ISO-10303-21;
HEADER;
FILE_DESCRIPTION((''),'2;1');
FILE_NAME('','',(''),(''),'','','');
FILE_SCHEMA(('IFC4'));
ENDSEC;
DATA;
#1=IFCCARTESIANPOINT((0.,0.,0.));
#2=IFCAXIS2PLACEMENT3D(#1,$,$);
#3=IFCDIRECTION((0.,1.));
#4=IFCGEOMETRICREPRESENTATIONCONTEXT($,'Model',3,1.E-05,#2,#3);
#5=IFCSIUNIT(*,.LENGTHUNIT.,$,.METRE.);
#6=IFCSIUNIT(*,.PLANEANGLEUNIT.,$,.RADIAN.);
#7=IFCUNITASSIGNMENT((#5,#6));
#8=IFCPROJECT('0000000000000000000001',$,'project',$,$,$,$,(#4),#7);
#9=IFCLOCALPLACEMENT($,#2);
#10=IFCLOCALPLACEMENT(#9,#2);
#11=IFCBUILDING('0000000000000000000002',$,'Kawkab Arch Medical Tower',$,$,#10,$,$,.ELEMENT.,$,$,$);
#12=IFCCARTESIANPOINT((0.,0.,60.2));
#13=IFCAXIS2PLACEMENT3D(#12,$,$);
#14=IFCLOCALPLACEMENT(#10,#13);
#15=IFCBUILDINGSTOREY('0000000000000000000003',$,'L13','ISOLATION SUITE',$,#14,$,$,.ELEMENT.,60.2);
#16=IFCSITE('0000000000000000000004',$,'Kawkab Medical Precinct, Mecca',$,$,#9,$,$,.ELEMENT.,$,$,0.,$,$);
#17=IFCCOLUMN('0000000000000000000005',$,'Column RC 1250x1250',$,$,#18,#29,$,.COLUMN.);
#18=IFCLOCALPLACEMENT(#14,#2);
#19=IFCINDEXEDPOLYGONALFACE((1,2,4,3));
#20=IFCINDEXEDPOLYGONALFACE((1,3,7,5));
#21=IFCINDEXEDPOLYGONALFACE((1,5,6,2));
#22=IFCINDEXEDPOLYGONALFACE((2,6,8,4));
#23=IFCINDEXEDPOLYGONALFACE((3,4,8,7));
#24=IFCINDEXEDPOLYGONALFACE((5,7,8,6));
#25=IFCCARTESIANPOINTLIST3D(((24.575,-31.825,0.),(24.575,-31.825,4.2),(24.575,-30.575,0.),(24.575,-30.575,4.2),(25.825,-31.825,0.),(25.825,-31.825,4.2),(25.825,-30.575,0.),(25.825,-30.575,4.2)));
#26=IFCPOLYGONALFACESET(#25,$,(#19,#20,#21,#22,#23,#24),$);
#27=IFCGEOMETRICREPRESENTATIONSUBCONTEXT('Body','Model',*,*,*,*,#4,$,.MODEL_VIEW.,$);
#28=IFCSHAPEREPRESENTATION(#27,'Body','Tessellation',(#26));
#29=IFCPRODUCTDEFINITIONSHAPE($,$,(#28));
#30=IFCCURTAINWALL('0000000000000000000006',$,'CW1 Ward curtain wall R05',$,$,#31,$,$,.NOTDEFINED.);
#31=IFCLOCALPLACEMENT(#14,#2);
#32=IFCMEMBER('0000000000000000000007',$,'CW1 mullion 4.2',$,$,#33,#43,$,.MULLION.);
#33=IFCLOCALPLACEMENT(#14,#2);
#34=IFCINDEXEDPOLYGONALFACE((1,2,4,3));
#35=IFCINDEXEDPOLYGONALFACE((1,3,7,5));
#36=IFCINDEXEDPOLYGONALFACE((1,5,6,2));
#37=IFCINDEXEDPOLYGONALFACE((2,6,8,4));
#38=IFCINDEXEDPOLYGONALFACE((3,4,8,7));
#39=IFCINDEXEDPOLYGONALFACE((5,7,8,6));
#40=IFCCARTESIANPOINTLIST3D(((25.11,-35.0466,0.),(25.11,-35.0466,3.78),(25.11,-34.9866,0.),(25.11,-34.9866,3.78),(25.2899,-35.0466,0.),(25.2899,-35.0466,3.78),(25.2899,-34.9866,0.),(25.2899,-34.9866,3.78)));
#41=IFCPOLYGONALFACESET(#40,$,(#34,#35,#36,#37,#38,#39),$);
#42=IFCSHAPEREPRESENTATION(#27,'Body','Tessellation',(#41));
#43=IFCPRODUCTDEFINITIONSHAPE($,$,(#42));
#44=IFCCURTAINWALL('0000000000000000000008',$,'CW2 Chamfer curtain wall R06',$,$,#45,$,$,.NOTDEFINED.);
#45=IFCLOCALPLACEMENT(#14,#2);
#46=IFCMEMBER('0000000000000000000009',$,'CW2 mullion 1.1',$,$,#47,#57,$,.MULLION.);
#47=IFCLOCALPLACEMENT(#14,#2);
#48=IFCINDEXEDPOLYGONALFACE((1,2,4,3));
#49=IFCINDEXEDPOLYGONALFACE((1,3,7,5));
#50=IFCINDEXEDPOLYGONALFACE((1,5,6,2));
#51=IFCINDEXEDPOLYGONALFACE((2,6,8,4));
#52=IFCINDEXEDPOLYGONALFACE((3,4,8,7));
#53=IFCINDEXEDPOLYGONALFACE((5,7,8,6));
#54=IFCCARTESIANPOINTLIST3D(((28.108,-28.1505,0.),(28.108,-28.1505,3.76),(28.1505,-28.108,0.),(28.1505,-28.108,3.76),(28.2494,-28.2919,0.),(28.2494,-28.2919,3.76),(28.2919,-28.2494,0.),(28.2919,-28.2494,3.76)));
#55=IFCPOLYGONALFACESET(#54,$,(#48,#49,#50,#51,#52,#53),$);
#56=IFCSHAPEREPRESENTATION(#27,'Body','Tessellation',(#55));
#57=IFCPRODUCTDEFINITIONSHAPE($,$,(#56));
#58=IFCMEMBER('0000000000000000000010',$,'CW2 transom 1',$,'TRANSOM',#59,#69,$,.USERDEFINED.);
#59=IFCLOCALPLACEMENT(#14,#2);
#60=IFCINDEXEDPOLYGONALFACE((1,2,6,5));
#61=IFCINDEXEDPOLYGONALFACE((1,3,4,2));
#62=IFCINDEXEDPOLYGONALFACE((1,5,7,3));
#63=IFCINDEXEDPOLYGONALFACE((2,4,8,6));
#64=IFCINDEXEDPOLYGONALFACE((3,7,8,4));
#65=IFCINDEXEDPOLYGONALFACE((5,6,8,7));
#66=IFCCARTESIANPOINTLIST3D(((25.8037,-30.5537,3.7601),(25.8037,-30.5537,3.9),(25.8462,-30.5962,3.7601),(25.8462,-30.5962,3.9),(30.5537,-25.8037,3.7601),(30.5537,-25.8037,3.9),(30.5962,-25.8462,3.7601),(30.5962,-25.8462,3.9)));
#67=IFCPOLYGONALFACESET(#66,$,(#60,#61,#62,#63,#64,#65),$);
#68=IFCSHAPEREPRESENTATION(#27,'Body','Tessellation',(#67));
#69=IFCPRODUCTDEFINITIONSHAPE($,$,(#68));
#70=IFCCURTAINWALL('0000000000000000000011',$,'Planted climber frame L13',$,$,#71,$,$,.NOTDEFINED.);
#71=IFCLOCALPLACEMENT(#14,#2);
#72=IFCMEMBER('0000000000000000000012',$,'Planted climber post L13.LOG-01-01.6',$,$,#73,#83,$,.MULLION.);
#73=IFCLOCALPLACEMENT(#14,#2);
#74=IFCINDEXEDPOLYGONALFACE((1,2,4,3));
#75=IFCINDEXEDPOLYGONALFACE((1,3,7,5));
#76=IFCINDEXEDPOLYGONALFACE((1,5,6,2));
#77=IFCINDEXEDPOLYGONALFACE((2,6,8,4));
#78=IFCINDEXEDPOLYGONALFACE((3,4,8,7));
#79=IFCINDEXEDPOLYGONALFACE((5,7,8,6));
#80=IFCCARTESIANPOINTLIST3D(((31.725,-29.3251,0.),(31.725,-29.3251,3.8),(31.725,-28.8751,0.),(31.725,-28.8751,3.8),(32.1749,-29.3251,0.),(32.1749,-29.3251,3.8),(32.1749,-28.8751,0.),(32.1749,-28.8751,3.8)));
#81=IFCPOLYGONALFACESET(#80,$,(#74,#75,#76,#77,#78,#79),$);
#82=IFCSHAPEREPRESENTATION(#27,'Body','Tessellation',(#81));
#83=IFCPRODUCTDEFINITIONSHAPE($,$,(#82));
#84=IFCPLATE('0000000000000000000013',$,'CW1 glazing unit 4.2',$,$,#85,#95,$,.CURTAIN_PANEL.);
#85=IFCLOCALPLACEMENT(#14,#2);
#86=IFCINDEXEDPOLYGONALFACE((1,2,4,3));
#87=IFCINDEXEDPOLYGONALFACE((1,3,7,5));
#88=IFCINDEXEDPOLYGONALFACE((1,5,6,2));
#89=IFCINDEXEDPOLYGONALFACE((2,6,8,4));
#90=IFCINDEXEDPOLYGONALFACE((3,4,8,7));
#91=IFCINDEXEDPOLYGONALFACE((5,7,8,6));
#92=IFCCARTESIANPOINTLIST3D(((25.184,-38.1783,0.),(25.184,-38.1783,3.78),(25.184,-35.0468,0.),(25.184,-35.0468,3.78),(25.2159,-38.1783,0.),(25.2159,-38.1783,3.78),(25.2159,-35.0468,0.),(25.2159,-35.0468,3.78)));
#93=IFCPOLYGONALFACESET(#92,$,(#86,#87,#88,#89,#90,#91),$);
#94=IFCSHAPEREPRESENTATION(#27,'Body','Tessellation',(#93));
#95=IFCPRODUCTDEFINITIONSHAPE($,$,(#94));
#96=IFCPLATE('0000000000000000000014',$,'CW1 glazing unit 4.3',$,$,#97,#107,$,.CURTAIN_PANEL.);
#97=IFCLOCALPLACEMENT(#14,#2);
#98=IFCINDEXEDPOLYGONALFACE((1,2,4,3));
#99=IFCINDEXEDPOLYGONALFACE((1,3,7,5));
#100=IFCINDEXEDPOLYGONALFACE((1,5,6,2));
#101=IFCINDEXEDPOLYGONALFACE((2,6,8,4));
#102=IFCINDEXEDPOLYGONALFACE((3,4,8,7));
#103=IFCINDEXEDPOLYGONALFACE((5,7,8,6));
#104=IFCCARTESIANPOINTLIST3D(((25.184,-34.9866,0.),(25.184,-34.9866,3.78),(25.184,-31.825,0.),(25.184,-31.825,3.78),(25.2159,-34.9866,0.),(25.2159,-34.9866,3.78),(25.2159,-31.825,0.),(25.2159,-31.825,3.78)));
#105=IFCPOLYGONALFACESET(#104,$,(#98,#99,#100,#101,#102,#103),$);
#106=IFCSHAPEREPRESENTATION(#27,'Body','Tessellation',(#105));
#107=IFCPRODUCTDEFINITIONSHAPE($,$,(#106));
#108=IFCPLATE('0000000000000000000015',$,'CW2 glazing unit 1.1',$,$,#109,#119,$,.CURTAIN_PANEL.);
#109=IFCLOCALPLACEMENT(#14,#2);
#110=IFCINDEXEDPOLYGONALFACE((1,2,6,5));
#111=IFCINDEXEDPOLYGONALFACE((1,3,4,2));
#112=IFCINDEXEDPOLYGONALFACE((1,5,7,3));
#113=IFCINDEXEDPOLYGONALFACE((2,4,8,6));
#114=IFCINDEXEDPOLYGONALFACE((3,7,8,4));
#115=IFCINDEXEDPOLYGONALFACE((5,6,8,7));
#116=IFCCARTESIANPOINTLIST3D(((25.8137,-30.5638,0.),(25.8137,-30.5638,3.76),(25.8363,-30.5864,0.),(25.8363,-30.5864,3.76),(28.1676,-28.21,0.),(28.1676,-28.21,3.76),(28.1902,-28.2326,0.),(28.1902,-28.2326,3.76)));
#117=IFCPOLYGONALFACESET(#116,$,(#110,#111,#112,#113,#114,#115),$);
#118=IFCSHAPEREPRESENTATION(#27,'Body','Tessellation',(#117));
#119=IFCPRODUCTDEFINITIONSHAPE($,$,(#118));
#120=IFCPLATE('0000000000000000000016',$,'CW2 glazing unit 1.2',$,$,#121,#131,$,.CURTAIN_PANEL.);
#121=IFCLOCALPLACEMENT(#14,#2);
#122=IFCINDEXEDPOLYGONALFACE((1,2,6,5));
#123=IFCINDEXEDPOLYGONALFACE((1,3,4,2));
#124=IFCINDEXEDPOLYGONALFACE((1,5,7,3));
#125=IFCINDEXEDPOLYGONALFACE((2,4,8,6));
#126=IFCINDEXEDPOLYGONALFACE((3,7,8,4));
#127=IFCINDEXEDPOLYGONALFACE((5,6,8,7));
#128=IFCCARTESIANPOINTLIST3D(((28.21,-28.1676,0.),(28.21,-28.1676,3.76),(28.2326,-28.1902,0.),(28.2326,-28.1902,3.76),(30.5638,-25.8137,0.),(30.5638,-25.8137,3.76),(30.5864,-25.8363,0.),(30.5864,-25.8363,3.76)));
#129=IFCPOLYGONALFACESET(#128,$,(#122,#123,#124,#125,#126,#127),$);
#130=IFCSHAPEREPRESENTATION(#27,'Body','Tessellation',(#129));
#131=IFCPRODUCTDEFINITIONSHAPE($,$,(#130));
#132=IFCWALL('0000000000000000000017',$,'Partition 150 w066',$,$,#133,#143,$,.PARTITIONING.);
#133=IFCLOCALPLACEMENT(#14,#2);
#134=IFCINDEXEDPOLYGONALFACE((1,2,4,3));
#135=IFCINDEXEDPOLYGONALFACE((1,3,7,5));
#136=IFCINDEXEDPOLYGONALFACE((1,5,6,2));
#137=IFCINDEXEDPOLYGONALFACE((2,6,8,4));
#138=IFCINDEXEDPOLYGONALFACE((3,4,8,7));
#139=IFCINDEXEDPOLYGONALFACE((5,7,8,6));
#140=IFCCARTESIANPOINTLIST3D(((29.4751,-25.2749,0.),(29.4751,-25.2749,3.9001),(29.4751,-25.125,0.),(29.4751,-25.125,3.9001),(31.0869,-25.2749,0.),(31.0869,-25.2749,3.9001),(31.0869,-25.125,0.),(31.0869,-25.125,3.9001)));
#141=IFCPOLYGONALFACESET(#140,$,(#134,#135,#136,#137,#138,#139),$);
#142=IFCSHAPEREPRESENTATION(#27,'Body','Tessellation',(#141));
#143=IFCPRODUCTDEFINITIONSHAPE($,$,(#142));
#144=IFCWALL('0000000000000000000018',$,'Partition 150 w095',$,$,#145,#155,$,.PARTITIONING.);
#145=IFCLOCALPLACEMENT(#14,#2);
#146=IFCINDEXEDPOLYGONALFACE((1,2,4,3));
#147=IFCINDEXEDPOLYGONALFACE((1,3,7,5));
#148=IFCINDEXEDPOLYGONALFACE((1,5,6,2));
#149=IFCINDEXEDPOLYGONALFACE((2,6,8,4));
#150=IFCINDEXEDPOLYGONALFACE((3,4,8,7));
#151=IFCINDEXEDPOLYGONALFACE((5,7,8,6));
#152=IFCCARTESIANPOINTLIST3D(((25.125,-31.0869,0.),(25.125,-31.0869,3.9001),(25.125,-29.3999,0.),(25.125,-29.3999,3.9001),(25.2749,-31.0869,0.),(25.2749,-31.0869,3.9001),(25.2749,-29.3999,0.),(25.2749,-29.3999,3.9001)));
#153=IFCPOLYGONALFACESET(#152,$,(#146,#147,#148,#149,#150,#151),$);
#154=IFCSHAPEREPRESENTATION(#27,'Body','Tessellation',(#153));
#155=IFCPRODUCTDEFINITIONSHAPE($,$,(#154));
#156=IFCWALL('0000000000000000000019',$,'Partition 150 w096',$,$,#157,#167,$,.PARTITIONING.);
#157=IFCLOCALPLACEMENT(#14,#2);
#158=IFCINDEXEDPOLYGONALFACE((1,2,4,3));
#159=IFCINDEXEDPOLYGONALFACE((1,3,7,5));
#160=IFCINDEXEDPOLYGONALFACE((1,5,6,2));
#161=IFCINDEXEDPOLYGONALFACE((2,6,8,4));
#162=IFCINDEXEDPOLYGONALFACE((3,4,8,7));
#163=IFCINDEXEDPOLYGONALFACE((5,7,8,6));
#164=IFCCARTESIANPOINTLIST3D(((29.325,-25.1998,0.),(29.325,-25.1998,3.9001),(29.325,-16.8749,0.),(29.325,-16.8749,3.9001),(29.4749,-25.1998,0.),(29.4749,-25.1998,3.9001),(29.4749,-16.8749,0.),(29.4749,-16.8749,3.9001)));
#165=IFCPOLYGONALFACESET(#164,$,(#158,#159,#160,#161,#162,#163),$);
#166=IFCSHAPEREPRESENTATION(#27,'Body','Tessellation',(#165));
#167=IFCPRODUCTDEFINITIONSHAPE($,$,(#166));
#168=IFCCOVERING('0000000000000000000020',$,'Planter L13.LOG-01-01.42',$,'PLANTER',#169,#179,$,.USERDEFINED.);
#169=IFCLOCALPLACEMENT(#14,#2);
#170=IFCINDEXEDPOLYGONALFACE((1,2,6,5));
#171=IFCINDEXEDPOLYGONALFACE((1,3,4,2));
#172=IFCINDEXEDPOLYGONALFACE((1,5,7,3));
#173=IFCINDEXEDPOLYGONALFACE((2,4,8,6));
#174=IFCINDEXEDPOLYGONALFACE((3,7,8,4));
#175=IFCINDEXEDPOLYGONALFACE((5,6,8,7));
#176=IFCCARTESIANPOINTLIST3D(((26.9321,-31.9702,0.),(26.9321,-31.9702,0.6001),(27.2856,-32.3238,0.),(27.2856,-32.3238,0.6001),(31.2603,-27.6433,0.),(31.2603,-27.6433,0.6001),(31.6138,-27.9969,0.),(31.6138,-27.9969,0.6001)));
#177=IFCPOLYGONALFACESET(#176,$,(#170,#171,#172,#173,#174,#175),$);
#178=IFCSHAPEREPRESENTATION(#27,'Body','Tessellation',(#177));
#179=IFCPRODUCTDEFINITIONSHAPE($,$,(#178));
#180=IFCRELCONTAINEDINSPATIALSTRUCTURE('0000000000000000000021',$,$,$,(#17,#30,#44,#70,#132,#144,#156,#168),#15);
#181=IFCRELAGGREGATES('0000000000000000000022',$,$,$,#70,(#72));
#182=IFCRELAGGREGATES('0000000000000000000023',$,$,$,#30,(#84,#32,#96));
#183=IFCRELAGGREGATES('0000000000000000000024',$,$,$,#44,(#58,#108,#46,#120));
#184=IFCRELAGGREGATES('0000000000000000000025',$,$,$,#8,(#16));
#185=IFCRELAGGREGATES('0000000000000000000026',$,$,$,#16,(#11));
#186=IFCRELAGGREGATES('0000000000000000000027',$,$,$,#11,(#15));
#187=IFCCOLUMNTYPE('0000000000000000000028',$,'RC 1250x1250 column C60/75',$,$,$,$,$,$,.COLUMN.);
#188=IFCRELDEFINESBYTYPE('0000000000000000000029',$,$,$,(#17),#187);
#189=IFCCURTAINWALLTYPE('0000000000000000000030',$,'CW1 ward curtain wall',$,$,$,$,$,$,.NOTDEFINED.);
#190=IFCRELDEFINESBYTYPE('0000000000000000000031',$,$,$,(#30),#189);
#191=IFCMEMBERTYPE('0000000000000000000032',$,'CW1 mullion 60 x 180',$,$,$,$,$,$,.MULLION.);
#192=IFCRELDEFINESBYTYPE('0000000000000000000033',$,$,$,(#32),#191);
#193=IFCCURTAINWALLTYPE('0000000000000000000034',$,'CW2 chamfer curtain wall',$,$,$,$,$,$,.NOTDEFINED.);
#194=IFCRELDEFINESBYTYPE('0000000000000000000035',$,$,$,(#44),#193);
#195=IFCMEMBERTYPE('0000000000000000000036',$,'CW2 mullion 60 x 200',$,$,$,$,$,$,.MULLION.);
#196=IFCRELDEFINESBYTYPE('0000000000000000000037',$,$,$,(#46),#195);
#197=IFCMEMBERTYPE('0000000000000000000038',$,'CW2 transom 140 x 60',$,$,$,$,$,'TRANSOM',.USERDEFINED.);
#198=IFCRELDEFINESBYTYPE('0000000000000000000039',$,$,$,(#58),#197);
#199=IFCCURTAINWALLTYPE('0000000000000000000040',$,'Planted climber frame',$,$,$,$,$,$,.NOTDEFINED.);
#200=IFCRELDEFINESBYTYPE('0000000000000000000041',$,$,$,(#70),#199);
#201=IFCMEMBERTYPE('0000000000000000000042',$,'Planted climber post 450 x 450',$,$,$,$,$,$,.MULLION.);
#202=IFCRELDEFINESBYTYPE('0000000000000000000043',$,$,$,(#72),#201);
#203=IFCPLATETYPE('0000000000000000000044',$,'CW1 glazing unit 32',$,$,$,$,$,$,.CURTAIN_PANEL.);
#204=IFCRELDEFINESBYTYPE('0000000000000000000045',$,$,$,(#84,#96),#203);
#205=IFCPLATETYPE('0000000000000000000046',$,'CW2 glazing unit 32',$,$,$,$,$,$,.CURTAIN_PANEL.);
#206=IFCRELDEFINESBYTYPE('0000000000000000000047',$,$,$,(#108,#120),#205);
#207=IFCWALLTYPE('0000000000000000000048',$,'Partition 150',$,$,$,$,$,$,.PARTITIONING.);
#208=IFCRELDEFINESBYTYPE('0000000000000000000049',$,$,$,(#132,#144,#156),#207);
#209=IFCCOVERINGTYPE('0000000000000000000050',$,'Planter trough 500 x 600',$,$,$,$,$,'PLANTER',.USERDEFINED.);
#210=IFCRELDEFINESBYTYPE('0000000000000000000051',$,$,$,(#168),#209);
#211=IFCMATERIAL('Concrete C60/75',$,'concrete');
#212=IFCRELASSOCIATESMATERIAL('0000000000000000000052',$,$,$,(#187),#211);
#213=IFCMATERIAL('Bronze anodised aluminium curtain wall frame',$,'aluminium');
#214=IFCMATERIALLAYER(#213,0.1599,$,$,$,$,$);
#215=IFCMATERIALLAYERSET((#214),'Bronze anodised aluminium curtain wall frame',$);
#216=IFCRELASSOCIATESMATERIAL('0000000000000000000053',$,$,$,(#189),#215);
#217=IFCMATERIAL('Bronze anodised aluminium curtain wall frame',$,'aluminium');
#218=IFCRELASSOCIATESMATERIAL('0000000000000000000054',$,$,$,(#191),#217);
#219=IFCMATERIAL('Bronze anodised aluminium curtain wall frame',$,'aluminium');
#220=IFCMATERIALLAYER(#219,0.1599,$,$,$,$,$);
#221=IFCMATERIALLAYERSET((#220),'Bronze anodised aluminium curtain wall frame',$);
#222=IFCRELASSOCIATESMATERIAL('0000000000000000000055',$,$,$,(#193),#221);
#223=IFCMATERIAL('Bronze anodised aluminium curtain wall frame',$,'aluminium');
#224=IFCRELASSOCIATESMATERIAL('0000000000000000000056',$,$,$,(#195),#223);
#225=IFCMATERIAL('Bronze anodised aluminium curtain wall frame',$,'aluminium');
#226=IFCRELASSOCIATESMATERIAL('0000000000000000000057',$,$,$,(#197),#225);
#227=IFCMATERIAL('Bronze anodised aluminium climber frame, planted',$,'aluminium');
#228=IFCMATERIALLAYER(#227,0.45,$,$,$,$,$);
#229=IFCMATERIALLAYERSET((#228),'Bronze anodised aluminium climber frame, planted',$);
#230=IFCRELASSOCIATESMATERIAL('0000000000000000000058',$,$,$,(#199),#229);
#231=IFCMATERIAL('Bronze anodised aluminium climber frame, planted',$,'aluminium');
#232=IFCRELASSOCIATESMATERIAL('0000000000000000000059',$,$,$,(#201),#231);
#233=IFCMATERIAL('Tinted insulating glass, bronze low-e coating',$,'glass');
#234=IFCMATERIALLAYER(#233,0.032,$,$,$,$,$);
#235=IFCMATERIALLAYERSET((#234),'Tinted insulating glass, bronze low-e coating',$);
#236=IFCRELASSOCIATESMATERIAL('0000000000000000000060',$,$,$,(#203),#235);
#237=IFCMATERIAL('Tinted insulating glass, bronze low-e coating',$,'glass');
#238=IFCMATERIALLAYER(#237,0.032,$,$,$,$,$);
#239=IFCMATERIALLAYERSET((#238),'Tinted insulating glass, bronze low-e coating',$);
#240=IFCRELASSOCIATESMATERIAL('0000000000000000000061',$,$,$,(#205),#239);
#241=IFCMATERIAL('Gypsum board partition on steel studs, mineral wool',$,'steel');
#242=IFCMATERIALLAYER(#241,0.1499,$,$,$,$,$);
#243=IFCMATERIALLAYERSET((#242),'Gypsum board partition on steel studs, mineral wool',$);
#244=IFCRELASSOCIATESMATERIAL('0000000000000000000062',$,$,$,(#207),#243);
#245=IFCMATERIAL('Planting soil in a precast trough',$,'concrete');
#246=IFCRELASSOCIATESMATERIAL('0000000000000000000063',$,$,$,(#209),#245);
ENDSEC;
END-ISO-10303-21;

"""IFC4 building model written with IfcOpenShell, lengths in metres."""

from ifc_helpers import new_model, si_unit, direction, frame, frame_2d, origin, origin_2d, place, context, subcontext, project, spatial, rectangle, extrude, material, layer, layer_set, material_profile, profile_set, type_object, element, aggregate, save


model = new_model("IFC4")

# Units and contexts
model_context = context("Model", 3, precision=1e-05, world=origin(), true_north=direction((0.0, 1.0)))
body_context = subcontext(model_context, "Body", "Model", "MODEL_VIEW")
ifc_project = project(units=[si_unit("LENGTHUNIT", "METRE"), si_unit("PLANEANGLEUNIT", "RADIAN")], contexts=[model_context])

# Site, building, storey
site_placement = place(None, origin())
site = spatial("IfcSite", under=ifc_project, at=site_placement, Name="Kawkab Medical Precinct, Mecca", CompositionType="ELEMENT", RefElevation=0.0)
building_placement = place(site_placement, origin())
building = spatial("IfcBuilding", under=site, at=building_placement, Name="Kawkab Arch Medical Tower", CompositionType="ELEMENT")
storey_placement = place(building_placement, frame((0.0, 0.0, 60.2)))
storey = spatial("IfcBuildingStorey", under=building, at=storey_placement, Name="L13", Description="ISOLATION SUITE", CompositionType="ELEMENT", Elevation=60.2)

# Column
ifc_material_1 = material(Name="Concrete C60/75", Category="concrete")
ifc_material_profile_1 = material_profile(ifc_material_1, rectangle(XDim=1.25, YDim=1.25, at=origin_2d()), Name="RC 1250x1250")
ifc_profile_set_1 = profile_set([ifc_material_profile_1], Name="Concrete C60/75")
column_type = type_object("IfcColumnType", Name="RC 1250x1250 column C60/75", PredefinedType="COLUMN", material=ifc_profile_set_1)
column_placement = place(storey_placement, frame((25.2, -31.2, 0.0), z_axis=(0.0, 0.0, 1.0), x_axis=(1.0, 0.0, 0.0)))
element("IfcColumn", 1, at=column_placement, inside=storey, type_object=column_type, Name="Column RC 1250x1250", PredefinedType="COLUMN", context=body_context, shape_type="SweptSolid", body=[
    extrude(rectangle(XDim=1.25, YDim=1.25, at=origin_2d()), origin(), (0.0, 0.0, 1.0), 4.2),
])

# Curtain wall, member
ifc_material_2 = material(Name="Bronze anodised aluminium curtain wall frame", Category="aluminium")
ifc_layer_1 = layer(ifc_material_2, 0.1599)
ifc_layer_set_1 = layer_set([ifc_layer_1], Name="Bronze anodised aluminium curtain wall frame")
curtain_wall_type_1 = type_object("IfcCurtainWallType", Name="CW1 ward curtain wall", PredefinedType="NOTDEFINED", material=ifc_layer_set_1)
placement = place(storey_placement, origin())
curtain_wall_1 = element("IfcCurtainWall", 2, at=placement, inside=storey, type_object=curtain_wall_type_1, Name="CW1 Ward curtain wall R05", PredefinedType="NOTDEFINED")
ifc_material_3 = material(Name="Bronze anodised aluminium curtain wall frame", Category="aluminium")
ifc_material_profile_2 = material_profile(ifc_material_3, rectangle(XDim=0.1799, YDim=0.0601, at=origin_2d()), Name="AL 60x180")
ifc_profile_set_2 = profile_set([ifc_material_profile_2], Name="Bronze anodised aluminium curtain wall frame")
member_type_1 = type_object("IfcMemberType", Name="CW1 mullion 60 x 180", PredefinedType="MULLION", material=ifc_profile_set_2)
member_1_placement = place(storey_placement, frame((25.2, -35.0166, 0.0), z_axis=(0.0, 0.0, 1.0), x_axis=(-1.0, 0.0, 0.0)))
member_1 = element("IfcMember", 3, at=member_1_placement, type_object=member_type_1, Name="CW1 mullion 4.2", PredefinedType="MULLION", context=body_context, shape_type="SweptSolid", body=[
    extrude(rectangle(XDim=0.1799, YDim=0.0601, at=origin_2d()), origin(), (0.0, 0.0, 1.0), 3.78),
])

# Curtain wall, members
ifc_material_4 = material(Name="Bronze anodised aluminium curtain wall frame", Category="aluminium")
ifc_layer_2 = layer(ifc_material_4, 0.1599)
ifc_layer_set_2 = layer_set([ifc_layer_2], Name="Bronze anodised aluminium curtain wall frame")
curtain_wall_type_2 = type_object("IfcCurtainWallType", Name="CW2 chamfer curtain wall", PredefinedType="NOTDEFINED", material=ifc_layer_set_2)
curtain_wall_2 = element("IfcCurtainWall", 4, at=placement, inside=storey, type_object=curtain_wall_type_2, Name="CW2 Chamfer curtain wall R06", PredefinedType="NOTDEFINED")
ifc_material_5 = material(Name="Bronze anodised aluminium curtain wall frame", Category="aluminium")
ifc_material_profile_3 = material_profile(ifc_material_5, rectangle(XDim=0.2, YDim=0.0601, at=origin_2d()), Name="AL 60x200")
ifc_profile_set_3 = profile_set([ifc_material_profile_3], Name="Bronze anodised aluminium curtain wall frame")
member_type_2 = type_object("IfcMemberType", Name="CW2 mullion 60 x 200", PredefinedType="MULLION", material=ifc_profile_set_3)
member_2_placement = place(storey_placement, frame((28.2, -28.2, 0.0), z_axis=(0.0, 0.0, 1.0), x_axis=(-0.707107, 0.707107, 0.0)))
member_2 = element("IfcMember", 5, at=member_2_placement, type_object=member_type_2, Name="CW2 mullion 1.1", PredefinedType="MULLION", context=body_context, shape_type="SweptSolid", body=[
    extrude(rectangle(XDim=0.2, YDim=0.0601, at=origin_2d()), origin(), (0.0, 0.0, 1.0), 3.76),
])
ifc_material_6 = material(Name="Bronze anodised aluminium curtain wall frame", Category="aluminium")
ifc_material_profile_4 = material_profile(ifc_material_6, rectangle(XDim=0.0601, YDim=0.1399, at=origin_2d()), Name="AL 60x140")
ifc_profile_set_4 = profile_set([ifc_material_profile_4], Name="Bronze anodised aluminium curtain wall frame")
member_type_3 = type_object("IfcMemberType", Name="CW2 transom 140 x 60", ElementType="TRANSOM", PredefinedType="USERDEFINED", material=ifc_profile_set_4)
member_3_placement = place(storey_placement, frame((25.825, -30.575, 3.8301), z_axis=(0.707107, 0.707107, 0.0), x_axis=(-0.707107, 0.707107, 0.0)))
member_3 = element("IfcMember", 6, at=member_3_placement, type_object=member_type_3, Name="CW2 transom 1", ObjectType="TRANSOM", PredefinedType="USERDEFINED", context=body_context, shape_type="SweptSolid", body=[
    extrude(rectangle(XDim=0.0601, YDim=0.1399, at=origin_2d()), origin(), (0.0, 0.0, 1.0), 6.7175),
])

# Curtain wall, member
ifc_material_7 = material(Name="Bronze anodised aluminium climber frame, planted", Category="aluminium")
ifc_layer_3 = layer(ifc_material_7, 0.45)
ifc_layer_set_3 = layer_set([ifc_layer_3], Name="Bronze anodised aluminium climber frame, planted")
curtain_wall_type_3 = type_object("IfcCurtainWallType", Name="Planted climber frame", PredefinedType="NOTDEFINED", material=ifc_layer_set_3)
curtain_wall_3 = element("IfcCurtainWall", 7, at=placement, inside=storey, type_object=curtain_wall_type_3, Name="Planted climber frame L13", PredefinedType="NOTDEFINED")
ifc_material_8 = material(Name="Bronze anodised aluminium climber frame, planted", Category="aluminium")
ifc_material_profile_5 = material_profile(ifc_material_8, rectangle(XDim=0.45, YDim=0.45, at=origin_2d()), Name="Post 450x450")
ifc_profile_set_5 = profile_set([ifc_material_profile_5], Name="Bronze anodised aluminium climber frame, planted")
member_type_4 = type_object("IfcMemberType", Name="Planted climber post 450 x 450", PredefinedType="MULLION", material=ifc_profile_set_5)
member_4_placement = place(storey_placement, frame((31.95, -29.1001, 0.0), z_axis=(0.0, 0.0, 1.0), x_axis=(1.0, 0.0, 0.0)))
member_4 = element("IfcMember", 8, at=member_4_placement, type_object=member_type_4, Name="Planted climber post L13.LOG-01-01.6", PredefinedType="MULLION", context=body_context, shape_type="SweptSolid", body=[
    extrude(rectangle(XDim=0.45, YDim=0.45, at=origin_2d()), origin(), (0.0, 0.0, 1.0), 3.8),
])
aggregate(curtain_wall_3, [member_4])

# Plates
ifc_material_9 = material(Name="Tinted insulating glass, bronze low-e coating", Category="glass")
ifc_layer_4 = layer(ifc_material_9, 0.032)
ifc_layer_set_4 = layer_set([ifc_layer_4], Name="Tinted insulating glass, bronze low-e coating")
plate_type_1 = type_object("IfcPlateType", Name="CW1 glazing unit 32", PredefinedType="CURTAIN_PANEL", material=ifc_layer_set_4)
plate_1_placement = place(storey_placement, frame((25.2, -36.6125, 0.0), z_axis=(0.0, 0.0, 1.0), x_axis=(0.0, 1.0, 0.0)))
plate_1 = element("IfcPlate", 9, at=plate_1_placement, type_object=plate_type_1, Name="CW1 glazing unit 4.2", PredefinedType="CURTAIN_PANEL", context=body_context, shape_type="SweptSolid", body=[
    extrude(rectangle(XDim=3.1316, YDim=0.032, at=origin_2d()), origin(), (0.0, 0.0, 1.0), 3.78),
])
plate_2_placement = place(storey_placement, frame((25.2, -33.4058, 0.0), z_axis=(0.0, 0.0, 1.0), x_axis=(0.0, 1.0, 0.0)))
plate_2 = element("IfcPlate", 10, at=plate_2_placement, type_object=plate_type_1, Name="CW1 glazing unit 4.3", PredefinedType="CURTAIN_PANEL", context=body_context, shape_type="SweptSolid", body=[
    extrude(rectangle(XDim=3.1616, YDim=0.032, at=origin_2d()), origin(), (0.0, 0.0, 1.0), 3.78),
])
aggregate(curtain_wall_1, [plate_1, member_1, plate_2])
ifc_material_10 = material(Name="Tinted insulating glass, bronze low-e coating", Category="glass")
ifc_layer_5 = layer(ifc_material_10, 0.032)
ifc_layer_set_5 = layer_set([ifc_layer_5], Name="Tinted insulating glass, bronze low-e coating")
plate_type_2 = type_object("IfcPlateType", Name="CW2 glazing unit 32", PredefinedType="CURTAIN_PANEL", material=ifc_layer_set_5)
plate_3_placement = place(storey_placement, frame((27.002, -29.3982, 0.0), z_axis=(0.0, 0.0, 1.0), x_axis=(0.707107, 0.707107, 0.0)))
plate_3 = element("IfcPlate", 11, at=plate_3_placement, type_object=plate_type_2, Name="CW2 glazing unit 1.1", PredefinedType="CURTAIN_PANEL", context=body_context, shape_type="SweptSolid", body=[
    extrude(rectangle(XDim=3.3289, YDim=0.032, at=origin_2d()), origin(), (0.0, 0.0, 1.0), 3.76),
])
plate_4_placement = place(storey_placement, frame((29.3982, -27.002, 0.0), z_axis=(0.0, 0.0, 1.0), x_axis=(0.707107, 0.707107, 0.0)))
plate_4 = element("IfcPlate", 12, at=plate_4_placement, type_object=plate_type_2, Name="CW2 glazing unit 1.2", PredefinedType="CURTAIN_PANEL", context=body_context, shape_type="SweptSolid", body=[
    extrude(rectangle(XDim=3.3289, YDim=0.032, at=origin_2d()), origin(), (0.0, 0.0, 1.0), 3.76),
])
aggregate(curtain_wall_2, [member_3, plate_3, member_2, plate_4])

# Walls
ifc_material_11 = material(Name="Gypsum board partition on steel studs, mineral wool", Category="steel")
ifc_layer_6 = layer(ifc_material_11, 0.1499)
ifc_layer_set_6 = layer_set([ifc_layer_6], Name="Gypsum board partition on steel studs, mineral wool")
wall_type = type_object("IfcWallType", Name="Partition 150", PredefinedType="PARTITIONING", material=ifc_layer_set_6)
wall_1_placement = place(storey_placement, frame((29.4751, -25.2, 0.0), z_axis=(0.0, 0.0, 1.0), x_axis=(1.0, 0.0, 0.0)))
element("IfcWall", 13, at=wall_1_placement, inside=storey, type_object=wall_type, Name="Partition 150 w066", PredefinedType="PARTITIONING", context=body_context, shape_type="SweptSolid", body=[
    extrude(rectangle(XDim=1.6118, YDim=0.1499, at=frame_2d((0.8059, 0.0))), origin(), (0.0, 0.0, 1.0), 3.9001),
])
wall_2_placement = place(storey_placement, frame((25.2, -31.0869, 0.0), z_axis=(0.0, 0.0, 1.0), x_axis=(0.0, 1.0, 0.0)))
element("IfcWall", 14, at=wall_2_placement, inside=storey, type_object=wall_type, Name="Partition 150 w095", PredefinedType="PARTITIONING", context=body_context, shape_type="SweptSolid", body=[
    extrude(rectangle(XDim=1.687, YDim=0.1499, at=frame_2d((0.8435, 0.0))), origin(), (0.0, 0.0, 1.0), 3.9001),
])
wall_3_placement = place(storey_placement, frame((29.3999, -25.2, 0.0), z_axis=(0.0, 0.0, 1.0), x_axis=(0.0, 1.0, 0.0)))
element("IfcWall", 15, at=wall_3_placement, inside=storey, type_object=wall_type, Name="Partition 150 w096", PredefinedType="PARTITIONING", context=body_context, shape_type="SweptSolid", body=[
    extrude(rectangle(XDim=8.325, YDim=0.1499, at=frame_2d((4.1626, 0.0))), origin(), (0.0, 0.0, 1.0), 3.9001),
])

# Covering
ifc_material_12 = material(Name="Planting soil in a precast trough", Category="concrete")
ifc_material_profile_6 = material_profile(ifc_material_12, rectangle(XDim=0.5, YDim=0.6001, at=origin_2d()), Name="Trough 500x600")
ifc_profile_set_6 = profile_set([ifc_material_profile_6], Name="Planting soil in a precast trough")
covering_type = type_object("IfcCoveringType", Name="Planter trough 500 x 600", ElementType="PLANTER", PredefinedType="USERDEFINED", material=ifc_profile_set_6)
covering_1_placement = place(storey_placement, frame((31.437, -27.8201, 0.3), z_axis=(-0.707207, -0.707007, 0.0), x_axis=(0.707007, -0.707207, 0.0)))
element("IfcCovering", 16, at=covering_1_placement, inside=storey, type_object=covering_type, Name="Planter L13.LOG-01-01.42", ObjectType="PLANTER", PredefinedType="USERDEFINED", context=body_context, shape_type="SweptSolid", body=[
    extrude(rectangle(XDim=0.5, YDim=0.6001, at=origin_2d()), origin(), (0.0, 0.0, 1.0), 6.1201),
])

save(model, "model.ifc")
